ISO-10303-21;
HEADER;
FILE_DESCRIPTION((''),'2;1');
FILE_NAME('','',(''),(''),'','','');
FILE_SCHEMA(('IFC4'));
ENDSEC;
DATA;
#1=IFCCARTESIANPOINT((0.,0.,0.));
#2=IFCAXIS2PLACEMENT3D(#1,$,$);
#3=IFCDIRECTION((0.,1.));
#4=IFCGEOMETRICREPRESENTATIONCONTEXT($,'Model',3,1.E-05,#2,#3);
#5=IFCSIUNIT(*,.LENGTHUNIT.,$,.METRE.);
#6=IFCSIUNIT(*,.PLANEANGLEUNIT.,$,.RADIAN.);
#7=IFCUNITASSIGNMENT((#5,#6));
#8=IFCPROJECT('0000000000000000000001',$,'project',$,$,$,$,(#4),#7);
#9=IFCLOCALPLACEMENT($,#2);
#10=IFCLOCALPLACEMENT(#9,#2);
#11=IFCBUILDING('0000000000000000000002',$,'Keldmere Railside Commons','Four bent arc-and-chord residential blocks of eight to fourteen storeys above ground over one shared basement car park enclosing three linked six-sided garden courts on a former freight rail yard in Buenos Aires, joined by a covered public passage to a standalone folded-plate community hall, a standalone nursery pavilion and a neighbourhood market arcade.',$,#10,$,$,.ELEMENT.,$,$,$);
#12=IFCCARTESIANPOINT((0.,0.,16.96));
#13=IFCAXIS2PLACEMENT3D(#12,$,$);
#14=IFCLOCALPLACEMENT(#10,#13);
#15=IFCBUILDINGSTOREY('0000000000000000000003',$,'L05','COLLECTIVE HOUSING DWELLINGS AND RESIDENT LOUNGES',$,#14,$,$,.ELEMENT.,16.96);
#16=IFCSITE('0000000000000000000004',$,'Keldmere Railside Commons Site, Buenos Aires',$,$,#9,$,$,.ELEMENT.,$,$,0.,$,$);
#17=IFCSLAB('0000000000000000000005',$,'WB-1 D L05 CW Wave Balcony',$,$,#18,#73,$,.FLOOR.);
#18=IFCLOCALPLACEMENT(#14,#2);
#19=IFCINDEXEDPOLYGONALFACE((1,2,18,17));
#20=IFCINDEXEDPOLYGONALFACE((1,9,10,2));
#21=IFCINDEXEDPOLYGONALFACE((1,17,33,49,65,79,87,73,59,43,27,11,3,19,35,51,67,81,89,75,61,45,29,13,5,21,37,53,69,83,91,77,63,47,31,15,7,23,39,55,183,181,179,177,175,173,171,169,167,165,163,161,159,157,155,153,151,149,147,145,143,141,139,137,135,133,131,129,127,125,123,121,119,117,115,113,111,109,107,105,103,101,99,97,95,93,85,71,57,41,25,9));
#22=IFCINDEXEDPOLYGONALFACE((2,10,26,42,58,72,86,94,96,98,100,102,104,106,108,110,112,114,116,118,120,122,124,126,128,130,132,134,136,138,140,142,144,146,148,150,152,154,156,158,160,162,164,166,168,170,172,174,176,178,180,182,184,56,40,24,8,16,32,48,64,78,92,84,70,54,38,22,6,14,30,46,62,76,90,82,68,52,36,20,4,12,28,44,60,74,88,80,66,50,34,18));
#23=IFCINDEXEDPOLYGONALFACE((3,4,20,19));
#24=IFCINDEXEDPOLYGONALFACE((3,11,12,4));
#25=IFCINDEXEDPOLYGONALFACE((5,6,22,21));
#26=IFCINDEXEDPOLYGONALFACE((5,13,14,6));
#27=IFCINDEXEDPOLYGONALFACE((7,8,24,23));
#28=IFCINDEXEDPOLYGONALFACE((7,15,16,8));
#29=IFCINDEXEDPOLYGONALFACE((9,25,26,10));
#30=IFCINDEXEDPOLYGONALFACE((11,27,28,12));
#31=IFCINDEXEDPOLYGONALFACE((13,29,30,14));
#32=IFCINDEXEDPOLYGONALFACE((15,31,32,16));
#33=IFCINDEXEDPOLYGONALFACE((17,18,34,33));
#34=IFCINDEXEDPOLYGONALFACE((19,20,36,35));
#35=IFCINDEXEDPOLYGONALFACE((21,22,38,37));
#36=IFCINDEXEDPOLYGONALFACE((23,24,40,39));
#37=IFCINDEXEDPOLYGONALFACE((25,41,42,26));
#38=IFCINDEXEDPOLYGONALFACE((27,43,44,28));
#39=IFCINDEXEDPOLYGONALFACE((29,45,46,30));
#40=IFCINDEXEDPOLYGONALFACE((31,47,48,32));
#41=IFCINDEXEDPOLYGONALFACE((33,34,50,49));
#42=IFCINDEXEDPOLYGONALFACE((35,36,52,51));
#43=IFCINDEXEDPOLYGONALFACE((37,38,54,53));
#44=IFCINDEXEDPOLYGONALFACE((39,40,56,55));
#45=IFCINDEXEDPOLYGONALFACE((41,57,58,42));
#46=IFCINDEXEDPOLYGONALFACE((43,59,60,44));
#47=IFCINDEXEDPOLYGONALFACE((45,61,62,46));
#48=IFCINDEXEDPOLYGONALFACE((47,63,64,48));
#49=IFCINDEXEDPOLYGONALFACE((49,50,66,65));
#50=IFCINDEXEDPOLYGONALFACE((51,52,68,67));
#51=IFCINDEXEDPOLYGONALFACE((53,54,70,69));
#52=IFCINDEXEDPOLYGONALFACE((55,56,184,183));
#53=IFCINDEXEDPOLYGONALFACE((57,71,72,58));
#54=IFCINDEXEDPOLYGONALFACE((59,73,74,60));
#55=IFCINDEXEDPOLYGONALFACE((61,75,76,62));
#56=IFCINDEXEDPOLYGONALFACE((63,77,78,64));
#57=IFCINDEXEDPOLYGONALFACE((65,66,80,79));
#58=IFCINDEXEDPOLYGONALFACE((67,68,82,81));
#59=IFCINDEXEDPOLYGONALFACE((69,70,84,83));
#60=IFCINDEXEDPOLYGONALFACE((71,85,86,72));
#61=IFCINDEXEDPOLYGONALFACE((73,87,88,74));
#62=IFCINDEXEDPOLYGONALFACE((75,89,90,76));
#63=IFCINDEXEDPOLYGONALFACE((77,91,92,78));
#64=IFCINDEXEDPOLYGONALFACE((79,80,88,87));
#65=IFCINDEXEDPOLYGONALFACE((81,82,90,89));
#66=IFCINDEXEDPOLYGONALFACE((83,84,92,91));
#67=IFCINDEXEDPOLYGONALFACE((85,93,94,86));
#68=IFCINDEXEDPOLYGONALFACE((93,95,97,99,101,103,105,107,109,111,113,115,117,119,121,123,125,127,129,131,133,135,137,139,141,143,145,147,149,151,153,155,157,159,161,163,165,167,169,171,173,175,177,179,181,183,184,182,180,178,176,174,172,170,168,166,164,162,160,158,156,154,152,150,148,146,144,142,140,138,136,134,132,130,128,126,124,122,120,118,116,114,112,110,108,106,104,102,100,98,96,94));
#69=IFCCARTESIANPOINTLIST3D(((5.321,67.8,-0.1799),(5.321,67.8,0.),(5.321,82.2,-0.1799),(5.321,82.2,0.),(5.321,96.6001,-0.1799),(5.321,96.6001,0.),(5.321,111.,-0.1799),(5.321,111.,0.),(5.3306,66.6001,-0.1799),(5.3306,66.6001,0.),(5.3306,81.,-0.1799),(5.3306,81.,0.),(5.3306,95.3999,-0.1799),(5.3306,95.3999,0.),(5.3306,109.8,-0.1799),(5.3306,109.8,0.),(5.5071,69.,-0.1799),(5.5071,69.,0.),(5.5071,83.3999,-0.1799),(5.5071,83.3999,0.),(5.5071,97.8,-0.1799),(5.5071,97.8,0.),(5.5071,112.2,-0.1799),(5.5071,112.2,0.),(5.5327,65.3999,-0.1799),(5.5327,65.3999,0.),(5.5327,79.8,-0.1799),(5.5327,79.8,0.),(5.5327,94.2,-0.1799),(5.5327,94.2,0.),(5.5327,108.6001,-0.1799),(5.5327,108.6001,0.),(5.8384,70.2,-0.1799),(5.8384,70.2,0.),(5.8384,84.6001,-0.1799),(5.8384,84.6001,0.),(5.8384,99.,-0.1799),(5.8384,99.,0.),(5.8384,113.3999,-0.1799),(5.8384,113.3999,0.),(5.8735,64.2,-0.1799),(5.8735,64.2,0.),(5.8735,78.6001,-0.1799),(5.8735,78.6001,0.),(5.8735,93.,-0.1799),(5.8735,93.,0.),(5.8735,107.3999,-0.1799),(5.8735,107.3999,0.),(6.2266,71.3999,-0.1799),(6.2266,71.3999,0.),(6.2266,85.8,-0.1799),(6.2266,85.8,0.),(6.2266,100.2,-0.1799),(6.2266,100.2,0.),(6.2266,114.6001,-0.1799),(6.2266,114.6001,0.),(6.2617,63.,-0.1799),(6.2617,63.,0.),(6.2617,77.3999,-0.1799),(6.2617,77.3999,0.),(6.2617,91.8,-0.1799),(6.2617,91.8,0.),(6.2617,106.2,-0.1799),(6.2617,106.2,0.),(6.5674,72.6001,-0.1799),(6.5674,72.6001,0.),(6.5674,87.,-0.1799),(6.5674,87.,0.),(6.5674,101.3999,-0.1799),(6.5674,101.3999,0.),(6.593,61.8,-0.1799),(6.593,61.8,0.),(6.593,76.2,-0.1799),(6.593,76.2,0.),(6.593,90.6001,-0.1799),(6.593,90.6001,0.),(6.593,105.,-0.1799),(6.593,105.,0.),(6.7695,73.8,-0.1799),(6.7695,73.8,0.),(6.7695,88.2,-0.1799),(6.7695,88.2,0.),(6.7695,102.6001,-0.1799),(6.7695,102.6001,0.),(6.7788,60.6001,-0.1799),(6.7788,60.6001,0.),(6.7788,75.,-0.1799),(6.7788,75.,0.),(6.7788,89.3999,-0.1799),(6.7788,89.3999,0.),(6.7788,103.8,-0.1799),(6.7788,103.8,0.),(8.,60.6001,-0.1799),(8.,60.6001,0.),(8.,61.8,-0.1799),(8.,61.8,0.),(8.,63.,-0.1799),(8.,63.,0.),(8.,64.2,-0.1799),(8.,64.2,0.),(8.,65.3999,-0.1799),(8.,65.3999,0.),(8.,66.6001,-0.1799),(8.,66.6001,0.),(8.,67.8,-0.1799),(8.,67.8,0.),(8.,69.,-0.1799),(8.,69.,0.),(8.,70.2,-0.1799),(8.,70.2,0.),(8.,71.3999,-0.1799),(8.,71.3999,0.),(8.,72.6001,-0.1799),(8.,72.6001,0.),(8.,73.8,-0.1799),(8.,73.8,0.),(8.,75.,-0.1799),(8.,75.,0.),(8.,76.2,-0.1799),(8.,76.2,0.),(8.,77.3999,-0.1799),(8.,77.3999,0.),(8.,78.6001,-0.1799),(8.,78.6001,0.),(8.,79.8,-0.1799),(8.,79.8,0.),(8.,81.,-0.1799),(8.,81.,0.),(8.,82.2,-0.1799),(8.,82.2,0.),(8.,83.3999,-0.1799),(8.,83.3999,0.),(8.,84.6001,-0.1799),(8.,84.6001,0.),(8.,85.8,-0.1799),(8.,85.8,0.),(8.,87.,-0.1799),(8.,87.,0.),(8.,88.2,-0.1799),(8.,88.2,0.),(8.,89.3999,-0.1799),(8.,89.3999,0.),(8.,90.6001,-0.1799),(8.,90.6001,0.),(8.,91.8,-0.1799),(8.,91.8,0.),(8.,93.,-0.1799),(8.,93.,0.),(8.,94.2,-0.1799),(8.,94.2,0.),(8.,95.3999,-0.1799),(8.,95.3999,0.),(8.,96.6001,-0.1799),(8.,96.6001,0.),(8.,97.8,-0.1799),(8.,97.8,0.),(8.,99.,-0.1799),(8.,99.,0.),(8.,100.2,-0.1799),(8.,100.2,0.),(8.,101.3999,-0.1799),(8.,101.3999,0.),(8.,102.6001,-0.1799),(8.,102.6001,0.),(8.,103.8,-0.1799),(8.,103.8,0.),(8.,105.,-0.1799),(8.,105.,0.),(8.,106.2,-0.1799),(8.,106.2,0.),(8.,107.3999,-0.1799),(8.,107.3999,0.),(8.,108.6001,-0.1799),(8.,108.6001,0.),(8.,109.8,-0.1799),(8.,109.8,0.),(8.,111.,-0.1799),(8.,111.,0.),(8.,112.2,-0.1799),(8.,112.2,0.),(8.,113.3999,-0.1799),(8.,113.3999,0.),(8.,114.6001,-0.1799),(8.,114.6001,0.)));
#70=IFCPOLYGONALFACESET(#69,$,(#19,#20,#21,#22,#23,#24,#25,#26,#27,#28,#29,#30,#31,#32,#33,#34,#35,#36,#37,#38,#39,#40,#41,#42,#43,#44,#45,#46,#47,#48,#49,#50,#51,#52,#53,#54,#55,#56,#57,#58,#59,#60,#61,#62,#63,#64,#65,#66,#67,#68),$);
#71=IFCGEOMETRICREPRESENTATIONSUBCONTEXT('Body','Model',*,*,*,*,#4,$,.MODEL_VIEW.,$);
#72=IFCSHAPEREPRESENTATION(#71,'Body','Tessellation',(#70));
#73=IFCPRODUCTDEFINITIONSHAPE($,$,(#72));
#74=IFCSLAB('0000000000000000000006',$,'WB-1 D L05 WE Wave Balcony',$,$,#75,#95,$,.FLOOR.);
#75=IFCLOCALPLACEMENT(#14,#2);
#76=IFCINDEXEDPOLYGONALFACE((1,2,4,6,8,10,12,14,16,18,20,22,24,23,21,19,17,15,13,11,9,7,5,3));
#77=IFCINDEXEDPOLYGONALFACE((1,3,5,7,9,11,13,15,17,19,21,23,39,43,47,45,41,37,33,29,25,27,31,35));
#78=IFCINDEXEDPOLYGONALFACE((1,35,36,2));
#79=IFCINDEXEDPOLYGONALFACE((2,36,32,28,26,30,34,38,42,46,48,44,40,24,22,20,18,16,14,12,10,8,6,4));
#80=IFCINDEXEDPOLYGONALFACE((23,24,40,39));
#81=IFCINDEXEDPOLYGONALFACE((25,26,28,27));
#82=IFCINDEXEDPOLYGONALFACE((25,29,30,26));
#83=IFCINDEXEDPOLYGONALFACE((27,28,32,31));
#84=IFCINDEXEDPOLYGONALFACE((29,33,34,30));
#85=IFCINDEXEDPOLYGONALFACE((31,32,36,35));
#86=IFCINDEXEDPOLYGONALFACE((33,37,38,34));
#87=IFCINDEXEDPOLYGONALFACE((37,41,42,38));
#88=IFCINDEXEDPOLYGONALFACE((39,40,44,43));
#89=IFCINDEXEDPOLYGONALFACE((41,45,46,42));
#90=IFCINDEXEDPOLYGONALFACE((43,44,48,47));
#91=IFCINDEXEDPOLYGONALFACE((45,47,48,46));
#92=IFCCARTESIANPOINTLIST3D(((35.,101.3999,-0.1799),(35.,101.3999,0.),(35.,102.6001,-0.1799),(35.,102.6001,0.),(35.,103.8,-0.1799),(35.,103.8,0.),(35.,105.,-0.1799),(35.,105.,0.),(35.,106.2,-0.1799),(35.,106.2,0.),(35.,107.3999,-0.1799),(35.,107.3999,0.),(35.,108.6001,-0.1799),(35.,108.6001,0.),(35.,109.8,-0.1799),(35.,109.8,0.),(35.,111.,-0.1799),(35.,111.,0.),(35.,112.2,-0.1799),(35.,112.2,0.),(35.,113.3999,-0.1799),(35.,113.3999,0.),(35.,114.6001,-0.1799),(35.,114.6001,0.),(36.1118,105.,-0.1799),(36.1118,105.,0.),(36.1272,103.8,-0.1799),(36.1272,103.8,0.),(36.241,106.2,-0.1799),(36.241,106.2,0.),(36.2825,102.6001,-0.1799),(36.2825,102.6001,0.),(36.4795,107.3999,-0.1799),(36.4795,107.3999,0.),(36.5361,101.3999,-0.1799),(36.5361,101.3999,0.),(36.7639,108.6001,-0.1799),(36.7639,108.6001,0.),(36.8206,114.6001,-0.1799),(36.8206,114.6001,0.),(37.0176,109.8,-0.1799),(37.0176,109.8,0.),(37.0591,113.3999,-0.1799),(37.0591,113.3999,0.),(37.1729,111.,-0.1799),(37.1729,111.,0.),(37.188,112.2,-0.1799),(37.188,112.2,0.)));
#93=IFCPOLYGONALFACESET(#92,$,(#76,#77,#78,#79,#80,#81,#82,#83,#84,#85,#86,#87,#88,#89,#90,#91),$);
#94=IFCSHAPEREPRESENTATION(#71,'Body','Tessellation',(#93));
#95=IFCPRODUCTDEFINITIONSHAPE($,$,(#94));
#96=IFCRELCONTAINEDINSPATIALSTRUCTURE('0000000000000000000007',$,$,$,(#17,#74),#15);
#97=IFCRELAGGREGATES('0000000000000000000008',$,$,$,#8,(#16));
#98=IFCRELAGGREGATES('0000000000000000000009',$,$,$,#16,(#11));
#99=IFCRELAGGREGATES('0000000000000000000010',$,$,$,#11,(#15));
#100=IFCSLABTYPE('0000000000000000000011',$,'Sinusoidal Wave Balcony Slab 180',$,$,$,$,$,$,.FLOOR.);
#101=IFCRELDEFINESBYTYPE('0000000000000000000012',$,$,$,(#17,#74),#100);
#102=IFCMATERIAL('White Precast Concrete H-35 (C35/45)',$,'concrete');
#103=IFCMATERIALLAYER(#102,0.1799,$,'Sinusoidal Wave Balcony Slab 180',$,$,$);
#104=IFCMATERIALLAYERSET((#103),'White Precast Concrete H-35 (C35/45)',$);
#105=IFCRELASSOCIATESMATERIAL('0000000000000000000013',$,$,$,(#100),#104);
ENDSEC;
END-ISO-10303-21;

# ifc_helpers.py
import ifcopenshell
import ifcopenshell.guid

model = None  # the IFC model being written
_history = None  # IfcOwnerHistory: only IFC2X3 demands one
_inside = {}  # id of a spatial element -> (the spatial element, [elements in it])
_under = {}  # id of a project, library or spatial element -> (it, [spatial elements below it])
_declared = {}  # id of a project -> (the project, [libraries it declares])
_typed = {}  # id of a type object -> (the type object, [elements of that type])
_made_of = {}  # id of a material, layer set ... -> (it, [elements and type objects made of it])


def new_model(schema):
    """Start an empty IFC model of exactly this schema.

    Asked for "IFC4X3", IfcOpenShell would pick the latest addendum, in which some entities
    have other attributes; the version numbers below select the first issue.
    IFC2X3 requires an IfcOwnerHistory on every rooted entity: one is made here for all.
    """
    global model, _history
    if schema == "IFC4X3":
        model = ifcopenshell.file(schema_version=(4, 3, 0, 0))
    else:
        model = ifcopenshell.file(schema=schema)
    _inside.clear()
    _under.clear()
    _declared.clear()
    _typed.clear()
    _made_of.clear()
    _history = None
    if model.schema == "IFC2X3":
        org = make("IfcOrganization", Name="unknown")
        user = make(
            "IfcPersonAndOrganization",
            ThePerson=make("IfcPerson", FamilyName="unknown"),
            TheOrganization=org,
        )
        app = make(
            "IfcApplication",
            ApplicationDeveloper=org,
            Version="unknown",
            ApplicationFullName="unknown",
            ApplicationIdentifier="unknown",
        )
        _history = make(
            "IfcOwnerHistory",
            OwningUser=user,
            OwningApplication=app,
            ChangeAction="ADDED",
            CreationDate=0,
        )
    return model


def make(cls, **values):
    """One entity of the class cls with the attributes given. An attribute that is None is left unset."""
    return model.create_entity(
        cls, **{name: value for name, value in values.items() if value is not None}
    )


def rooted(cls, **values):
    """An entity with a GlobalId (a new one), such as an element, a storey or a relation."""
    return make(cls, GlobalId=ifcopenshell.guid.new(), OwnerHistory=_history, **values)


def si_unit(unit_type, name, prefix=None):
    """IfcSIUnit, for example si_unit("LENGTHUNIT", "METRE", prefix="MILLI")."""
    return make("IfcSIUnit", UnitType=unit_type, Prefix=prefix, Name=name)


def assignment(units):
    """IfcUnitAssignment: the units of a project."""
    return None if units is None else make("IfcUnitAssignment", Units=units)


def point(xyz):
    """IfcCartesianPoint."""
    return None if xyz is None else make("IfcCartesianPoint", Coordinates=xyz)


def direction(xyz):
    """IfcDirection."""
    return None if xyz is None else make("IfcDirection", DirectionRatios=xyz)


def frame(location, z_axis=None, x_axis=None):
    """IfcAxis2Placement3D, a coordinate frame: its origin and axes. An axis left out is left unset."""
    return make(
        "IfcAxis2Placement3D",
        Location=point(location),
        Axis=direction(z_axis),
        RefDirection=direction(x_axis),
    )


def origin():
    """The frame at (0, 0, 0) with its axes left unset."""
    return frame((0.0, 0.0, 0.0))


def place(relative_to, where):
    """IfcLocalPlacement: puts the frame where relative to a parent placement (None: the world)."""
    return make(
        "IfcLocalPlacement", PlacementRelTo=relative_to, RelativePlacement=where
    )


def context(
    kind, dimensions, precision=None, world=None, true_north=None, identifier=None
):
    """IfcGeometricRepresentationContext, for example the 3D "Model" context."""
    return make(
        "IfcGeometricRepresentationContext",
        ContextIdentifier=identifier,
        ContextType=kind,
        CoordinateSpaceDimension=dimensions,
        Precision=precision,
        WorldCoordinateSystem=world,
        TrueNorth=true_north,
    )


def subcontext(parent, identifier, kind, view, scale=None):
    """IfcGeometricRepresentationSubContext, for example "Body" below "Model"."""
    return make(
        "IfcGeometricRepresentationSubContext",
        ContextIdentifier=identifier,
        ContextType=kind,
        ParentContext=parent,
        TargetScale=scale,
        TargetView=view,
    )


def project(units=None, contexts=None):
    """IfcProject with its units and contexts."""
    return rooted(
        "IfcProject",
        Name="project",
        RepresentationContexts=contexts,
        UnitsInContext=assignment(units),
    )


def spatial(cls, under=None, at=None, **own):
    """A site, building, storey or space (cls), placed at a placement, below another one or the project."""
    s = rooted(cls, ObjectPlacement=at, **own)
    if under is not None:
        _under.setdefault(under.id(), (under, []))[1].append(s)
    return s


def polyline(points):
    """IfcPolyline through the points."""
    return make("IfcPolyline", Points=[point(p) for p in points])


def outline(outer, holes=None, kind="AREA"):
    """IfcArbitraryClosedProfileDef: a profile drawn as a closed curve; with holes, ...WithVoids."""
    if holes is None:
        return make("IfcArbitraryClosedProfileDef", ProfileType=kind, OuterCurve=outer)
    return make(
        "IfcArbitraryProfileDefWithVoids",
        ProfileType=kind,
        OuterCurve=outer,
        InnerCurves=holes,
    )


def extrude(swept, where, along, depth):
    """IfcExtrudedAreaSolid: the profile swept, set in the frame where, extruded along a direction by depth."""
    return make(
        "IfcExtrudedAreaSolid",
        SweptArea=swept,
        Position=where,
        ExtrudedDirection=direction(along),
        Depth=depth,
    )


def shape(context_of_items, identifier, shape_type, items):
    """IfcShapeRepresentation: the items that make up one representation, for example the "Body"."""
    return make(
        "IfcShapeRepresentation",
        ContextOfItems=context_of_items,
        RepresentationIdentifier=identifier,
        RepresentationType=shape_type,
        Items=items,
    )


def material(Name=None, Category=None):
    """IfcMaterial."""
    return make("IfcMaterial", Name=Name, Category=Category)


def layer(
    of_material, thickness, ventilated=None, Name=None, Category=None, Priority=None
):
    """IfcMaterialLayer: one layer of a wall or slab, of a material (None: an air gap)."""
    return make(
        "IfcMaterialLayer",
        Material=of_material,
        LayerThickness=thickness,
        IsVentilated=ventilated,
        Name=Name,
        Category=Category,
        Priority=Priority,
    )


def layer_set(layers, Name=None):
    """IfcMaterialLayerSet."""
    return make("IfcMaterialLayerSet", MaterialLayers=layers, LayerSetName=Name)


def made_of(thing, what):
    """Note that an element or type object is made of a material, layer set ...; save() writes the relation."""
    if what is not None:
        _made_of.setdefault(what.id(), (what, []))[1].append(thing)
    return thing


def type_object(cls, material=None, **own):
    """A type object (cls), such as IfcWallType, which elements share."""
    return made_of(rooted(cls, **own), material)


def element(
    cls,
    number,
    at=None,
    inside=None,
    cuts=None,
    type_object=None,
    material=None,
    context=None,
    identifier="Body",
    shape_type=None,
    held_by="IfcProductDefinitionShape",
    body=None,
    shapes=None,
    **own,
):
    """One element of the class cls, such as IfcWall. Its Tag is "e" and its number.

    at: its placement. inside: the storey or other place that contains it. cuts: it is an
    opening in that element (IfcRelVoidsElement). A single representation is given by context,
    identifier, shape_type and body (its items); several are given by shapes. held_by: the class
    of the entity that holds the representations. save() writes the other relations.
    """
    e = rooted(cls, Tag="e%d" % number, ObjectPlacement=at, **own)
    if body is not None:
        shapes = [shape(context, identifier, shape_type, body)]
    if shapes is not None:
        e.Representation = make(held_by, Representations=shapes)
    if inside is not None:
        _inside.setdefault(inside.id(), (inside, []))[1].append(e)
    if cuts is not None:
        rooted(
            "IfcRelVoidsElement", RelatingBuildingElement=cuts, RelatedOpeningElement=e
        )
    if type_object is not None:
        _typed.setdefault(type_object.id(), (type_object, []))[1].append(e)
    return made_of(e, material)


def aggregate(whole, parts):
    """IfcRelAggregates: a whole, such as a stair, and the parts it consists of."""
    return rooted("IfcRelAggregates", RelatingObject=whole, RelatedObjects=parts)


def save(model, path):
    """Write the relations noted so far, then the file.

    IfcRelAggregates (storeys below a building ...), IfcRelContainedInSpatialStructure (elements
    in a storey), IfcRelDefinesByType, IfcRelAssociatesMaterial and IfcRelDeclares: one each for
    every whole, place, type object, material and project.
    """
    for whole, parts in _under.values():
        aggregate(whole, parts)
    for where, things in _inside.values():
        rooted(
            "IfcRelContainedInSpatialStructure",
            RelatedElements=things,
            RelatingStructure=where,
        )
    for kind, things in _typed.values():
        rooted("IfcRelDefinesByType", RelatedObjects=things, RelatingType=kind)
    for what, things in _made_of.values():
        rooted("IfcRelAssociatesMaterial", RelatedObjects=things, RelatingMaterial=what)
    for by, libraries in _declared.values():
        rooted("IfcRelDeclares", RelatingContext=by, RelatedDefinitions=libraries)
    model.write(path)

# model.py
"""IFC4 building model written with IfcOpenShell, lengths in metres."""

from ifc_helpers import new_model, si_unit, direction, frame, origin, place, context, subcontext, project, spatial, polyline, outline, extrude, material, layer, layer_set, type_object, element, save


model = new_model("IFC4")

# Units and contexts
model_context = context("Model", 3, precision=1e-05, world=origin(), true_north=direction((0.0, 1.0)))
body_context = subcontext(model_context, "Body", "Model", "MODEL_VIEW")
ifc_project = project(units=[si_unit("LENGTHUNIT", "METRE"), si_unit("PLANEANGLEUNIT", "RADIAN")], contexts=[model_context])

# Site, building, storey
site_placement = place(None, origin())
site = spatial("IfcSite", under=ifc_project, at=site_placement, Name="Keldmere Railside Commons Site, Buenos Aires", CompositionType="ELEMENT", RefElevation=0.0)
building_placement = place(site_placement, origin())
building = spatial("IfcBuilding", under=site, at=building_placement, Name="Keldmere Railside Commons", Description="Four bent arc-and-chord residential blocks of eight to fourteen storeys above ground over one shared basement car park enclosing three linked six-sided garden courts on a former freight rail yard in Buenos Aires, joined by a covered public passage to a standalone folded-plate community hall, a standalone nursery pavilion and a neighbourhood market arcade.", CompositionType="ELEMENT")
storey_placement = place(building_placement, frame((0.0, 0.0, 16.96)))
storey = spatial("IfcBuildingStorey", under=building, at=storey_placement, Name="L05", Description="COLLECTIVE HOUSING DWELLINGS AND RESIDENT LOUNGES", CompositionType="ELEMENT", Elevation=16.96)

# Slabs
ifc_material_1 = material(Name="White Precast Concrete H-35 (C35/45)", Category="concrete")
ifc_layer_1 = layer(ifc_material_1, 0.1799, Name="Sinusoidal Wave Balcony Slab 180")
ifc_layer_set_1 = layer_set([ifc_layer_1], Name="White Precast Concrete H-35 (C35/45)")
slab_type_1 = type_object("IfcSlabType", Name="Sinusoidal Wave Balcony Slab 180", PredefinedType="FLOOR", material=ifc_layer_set_1)
slab_1_placement = place(storey_placement, frame((0.0, 0.0, -0.1799)))
element("IfcSlab", 1, at=slab_1_placement, inside=storey, type_object=slab_type_1, Name="WB-1 D L05 CW Wave Balcony", PredefinedType="FLOOR", context=body_context, shape_type="SweptSolid", body=[
    extrude(outline(polyline([(8.0, 60.6001), (8.0, 61.8), (8.0, 63.0), (8.0, 64.2), (8.0, 65.3999), (8.0, 66.6001), (8.0, 67.8), (8.0, 69.0), (8.0, 70.2), (8.0, 71.3999), (8.0, 72.6001), (8.0, 73.8), (8.0, 75.0), (8.0, 76.2), (8.0, 77.3999), (8.0, 78.6001), (8.0, 79.8), (8.0, 81.0), (8.0, 82.2), (8.0, 83.3999), (8.0, 84.6001), (8.0, 85.8), (8.0, 87.0), (8.0, 88.2), (8.0, 89.3999), (8.0, 90.6001), (8.0, 91.8), (8.0, 93.0), (8.0, 94.2), (8.0, 95.3999), (8.0, 96.6001), (8.0, 97.8), (8.0, 99.0), (8.0, 100.2), (8.0, 101.3999), (8.0, 102.6001), (8.0, 103.8), (8.0, 105.0), (8.0, 106.2), (8.0, 107.3999), (8.0, 108.6001), (8.0, 109.8), (8.0, 111.0), (8.0, 112.2), (8.0, 113.3999), (8.0, 114.6001), (6.2266, 114.6001), (5.8384, 113.3999), (5.5071, 112.2), (5.321, 111.0), (5.3306, 109.8), (5.5327, 108.6001), (5.8735, 107.3999), (6.2617, 106.2), (6.593, 105.0), (6.7788, 103.8), (6.7695, 102.6001), (6.5674, 101.3999), (6.2266, 100.2), (5.8384, 99.0), (5.5071, 97.8), (5.321, 96.6001), (5.3306, 95.3999), (5.5327, 94.2), (5.8735, 93.0), (6.2617, 91.8), (6.593, 90.6001), (6.7788, 89.3999), (6.7695, 88.2), (6.5674, 87.0), (6.2266, 85.8), (5.8384, 84.6001), (5.5071, 83.3999), (5.321, 82.2), (5.3306, 81.0), (5.5327, 79.8), (5.8735, 78.6001), (6.2617, 77.3999), (6.593, 76.2), (6.7788, 75.0), (6.7695, 73.8), (6.5674, 72.6001), (6.2266, 71.3999), (5.8384, 70.2), (5.5071, 69.0), (5.321, 67.8), (5.3306, 66.6001), (5.5327, 65.3999), (5.8735, 64.2), (6.2617, 63.0), (6.593, 61.8), (6.7788, 60.6001), (8.0, 60.6001)])), origin(), (0.0, 0.0, 1.0), 0.1799),
])
slab_2_placement = place(storey_placement, frame((0.0, 0.0, -0.1799)))
element("IfcSlab", 2, at=slab_2_placement, inside=storey, type_object=slab_type_1, Name="WB-1 D L05 WE Wave Balcony", PredefinedType="FLOOR", context=body_context, shape_type="SweptSolid", body=[
    extrude(outline(polyline([(36.5361, 101.3999), (36.2825, 102.6001), (36.1272, 103.8), (36.1118, 105.0), (36.241, 106.2), (36.4795, 107.3999), (36.7639, 108.6001), (37.0176, 109.8), (37.1729, 111.0), (37.188, 112.2), (37.0591, 113.3999), (36.8206, 114.6001), (35.0, 114.6001), (35.0, 113.3999), (35.0, 112.2), (35.0, 111.0), (35.0, 109.8), (35.0, 108.6001), (35.0, 107.3999), (35.0, 106.2), (35.0, 105.0), (35.0, 103.8), (35.0, 102.6001), (35.0, 101.3999), (36.5361, 101.3999)])), origin(), (0.0, 0.0, 1.0), 0.1799),
])

save(model, "model.ifc")
